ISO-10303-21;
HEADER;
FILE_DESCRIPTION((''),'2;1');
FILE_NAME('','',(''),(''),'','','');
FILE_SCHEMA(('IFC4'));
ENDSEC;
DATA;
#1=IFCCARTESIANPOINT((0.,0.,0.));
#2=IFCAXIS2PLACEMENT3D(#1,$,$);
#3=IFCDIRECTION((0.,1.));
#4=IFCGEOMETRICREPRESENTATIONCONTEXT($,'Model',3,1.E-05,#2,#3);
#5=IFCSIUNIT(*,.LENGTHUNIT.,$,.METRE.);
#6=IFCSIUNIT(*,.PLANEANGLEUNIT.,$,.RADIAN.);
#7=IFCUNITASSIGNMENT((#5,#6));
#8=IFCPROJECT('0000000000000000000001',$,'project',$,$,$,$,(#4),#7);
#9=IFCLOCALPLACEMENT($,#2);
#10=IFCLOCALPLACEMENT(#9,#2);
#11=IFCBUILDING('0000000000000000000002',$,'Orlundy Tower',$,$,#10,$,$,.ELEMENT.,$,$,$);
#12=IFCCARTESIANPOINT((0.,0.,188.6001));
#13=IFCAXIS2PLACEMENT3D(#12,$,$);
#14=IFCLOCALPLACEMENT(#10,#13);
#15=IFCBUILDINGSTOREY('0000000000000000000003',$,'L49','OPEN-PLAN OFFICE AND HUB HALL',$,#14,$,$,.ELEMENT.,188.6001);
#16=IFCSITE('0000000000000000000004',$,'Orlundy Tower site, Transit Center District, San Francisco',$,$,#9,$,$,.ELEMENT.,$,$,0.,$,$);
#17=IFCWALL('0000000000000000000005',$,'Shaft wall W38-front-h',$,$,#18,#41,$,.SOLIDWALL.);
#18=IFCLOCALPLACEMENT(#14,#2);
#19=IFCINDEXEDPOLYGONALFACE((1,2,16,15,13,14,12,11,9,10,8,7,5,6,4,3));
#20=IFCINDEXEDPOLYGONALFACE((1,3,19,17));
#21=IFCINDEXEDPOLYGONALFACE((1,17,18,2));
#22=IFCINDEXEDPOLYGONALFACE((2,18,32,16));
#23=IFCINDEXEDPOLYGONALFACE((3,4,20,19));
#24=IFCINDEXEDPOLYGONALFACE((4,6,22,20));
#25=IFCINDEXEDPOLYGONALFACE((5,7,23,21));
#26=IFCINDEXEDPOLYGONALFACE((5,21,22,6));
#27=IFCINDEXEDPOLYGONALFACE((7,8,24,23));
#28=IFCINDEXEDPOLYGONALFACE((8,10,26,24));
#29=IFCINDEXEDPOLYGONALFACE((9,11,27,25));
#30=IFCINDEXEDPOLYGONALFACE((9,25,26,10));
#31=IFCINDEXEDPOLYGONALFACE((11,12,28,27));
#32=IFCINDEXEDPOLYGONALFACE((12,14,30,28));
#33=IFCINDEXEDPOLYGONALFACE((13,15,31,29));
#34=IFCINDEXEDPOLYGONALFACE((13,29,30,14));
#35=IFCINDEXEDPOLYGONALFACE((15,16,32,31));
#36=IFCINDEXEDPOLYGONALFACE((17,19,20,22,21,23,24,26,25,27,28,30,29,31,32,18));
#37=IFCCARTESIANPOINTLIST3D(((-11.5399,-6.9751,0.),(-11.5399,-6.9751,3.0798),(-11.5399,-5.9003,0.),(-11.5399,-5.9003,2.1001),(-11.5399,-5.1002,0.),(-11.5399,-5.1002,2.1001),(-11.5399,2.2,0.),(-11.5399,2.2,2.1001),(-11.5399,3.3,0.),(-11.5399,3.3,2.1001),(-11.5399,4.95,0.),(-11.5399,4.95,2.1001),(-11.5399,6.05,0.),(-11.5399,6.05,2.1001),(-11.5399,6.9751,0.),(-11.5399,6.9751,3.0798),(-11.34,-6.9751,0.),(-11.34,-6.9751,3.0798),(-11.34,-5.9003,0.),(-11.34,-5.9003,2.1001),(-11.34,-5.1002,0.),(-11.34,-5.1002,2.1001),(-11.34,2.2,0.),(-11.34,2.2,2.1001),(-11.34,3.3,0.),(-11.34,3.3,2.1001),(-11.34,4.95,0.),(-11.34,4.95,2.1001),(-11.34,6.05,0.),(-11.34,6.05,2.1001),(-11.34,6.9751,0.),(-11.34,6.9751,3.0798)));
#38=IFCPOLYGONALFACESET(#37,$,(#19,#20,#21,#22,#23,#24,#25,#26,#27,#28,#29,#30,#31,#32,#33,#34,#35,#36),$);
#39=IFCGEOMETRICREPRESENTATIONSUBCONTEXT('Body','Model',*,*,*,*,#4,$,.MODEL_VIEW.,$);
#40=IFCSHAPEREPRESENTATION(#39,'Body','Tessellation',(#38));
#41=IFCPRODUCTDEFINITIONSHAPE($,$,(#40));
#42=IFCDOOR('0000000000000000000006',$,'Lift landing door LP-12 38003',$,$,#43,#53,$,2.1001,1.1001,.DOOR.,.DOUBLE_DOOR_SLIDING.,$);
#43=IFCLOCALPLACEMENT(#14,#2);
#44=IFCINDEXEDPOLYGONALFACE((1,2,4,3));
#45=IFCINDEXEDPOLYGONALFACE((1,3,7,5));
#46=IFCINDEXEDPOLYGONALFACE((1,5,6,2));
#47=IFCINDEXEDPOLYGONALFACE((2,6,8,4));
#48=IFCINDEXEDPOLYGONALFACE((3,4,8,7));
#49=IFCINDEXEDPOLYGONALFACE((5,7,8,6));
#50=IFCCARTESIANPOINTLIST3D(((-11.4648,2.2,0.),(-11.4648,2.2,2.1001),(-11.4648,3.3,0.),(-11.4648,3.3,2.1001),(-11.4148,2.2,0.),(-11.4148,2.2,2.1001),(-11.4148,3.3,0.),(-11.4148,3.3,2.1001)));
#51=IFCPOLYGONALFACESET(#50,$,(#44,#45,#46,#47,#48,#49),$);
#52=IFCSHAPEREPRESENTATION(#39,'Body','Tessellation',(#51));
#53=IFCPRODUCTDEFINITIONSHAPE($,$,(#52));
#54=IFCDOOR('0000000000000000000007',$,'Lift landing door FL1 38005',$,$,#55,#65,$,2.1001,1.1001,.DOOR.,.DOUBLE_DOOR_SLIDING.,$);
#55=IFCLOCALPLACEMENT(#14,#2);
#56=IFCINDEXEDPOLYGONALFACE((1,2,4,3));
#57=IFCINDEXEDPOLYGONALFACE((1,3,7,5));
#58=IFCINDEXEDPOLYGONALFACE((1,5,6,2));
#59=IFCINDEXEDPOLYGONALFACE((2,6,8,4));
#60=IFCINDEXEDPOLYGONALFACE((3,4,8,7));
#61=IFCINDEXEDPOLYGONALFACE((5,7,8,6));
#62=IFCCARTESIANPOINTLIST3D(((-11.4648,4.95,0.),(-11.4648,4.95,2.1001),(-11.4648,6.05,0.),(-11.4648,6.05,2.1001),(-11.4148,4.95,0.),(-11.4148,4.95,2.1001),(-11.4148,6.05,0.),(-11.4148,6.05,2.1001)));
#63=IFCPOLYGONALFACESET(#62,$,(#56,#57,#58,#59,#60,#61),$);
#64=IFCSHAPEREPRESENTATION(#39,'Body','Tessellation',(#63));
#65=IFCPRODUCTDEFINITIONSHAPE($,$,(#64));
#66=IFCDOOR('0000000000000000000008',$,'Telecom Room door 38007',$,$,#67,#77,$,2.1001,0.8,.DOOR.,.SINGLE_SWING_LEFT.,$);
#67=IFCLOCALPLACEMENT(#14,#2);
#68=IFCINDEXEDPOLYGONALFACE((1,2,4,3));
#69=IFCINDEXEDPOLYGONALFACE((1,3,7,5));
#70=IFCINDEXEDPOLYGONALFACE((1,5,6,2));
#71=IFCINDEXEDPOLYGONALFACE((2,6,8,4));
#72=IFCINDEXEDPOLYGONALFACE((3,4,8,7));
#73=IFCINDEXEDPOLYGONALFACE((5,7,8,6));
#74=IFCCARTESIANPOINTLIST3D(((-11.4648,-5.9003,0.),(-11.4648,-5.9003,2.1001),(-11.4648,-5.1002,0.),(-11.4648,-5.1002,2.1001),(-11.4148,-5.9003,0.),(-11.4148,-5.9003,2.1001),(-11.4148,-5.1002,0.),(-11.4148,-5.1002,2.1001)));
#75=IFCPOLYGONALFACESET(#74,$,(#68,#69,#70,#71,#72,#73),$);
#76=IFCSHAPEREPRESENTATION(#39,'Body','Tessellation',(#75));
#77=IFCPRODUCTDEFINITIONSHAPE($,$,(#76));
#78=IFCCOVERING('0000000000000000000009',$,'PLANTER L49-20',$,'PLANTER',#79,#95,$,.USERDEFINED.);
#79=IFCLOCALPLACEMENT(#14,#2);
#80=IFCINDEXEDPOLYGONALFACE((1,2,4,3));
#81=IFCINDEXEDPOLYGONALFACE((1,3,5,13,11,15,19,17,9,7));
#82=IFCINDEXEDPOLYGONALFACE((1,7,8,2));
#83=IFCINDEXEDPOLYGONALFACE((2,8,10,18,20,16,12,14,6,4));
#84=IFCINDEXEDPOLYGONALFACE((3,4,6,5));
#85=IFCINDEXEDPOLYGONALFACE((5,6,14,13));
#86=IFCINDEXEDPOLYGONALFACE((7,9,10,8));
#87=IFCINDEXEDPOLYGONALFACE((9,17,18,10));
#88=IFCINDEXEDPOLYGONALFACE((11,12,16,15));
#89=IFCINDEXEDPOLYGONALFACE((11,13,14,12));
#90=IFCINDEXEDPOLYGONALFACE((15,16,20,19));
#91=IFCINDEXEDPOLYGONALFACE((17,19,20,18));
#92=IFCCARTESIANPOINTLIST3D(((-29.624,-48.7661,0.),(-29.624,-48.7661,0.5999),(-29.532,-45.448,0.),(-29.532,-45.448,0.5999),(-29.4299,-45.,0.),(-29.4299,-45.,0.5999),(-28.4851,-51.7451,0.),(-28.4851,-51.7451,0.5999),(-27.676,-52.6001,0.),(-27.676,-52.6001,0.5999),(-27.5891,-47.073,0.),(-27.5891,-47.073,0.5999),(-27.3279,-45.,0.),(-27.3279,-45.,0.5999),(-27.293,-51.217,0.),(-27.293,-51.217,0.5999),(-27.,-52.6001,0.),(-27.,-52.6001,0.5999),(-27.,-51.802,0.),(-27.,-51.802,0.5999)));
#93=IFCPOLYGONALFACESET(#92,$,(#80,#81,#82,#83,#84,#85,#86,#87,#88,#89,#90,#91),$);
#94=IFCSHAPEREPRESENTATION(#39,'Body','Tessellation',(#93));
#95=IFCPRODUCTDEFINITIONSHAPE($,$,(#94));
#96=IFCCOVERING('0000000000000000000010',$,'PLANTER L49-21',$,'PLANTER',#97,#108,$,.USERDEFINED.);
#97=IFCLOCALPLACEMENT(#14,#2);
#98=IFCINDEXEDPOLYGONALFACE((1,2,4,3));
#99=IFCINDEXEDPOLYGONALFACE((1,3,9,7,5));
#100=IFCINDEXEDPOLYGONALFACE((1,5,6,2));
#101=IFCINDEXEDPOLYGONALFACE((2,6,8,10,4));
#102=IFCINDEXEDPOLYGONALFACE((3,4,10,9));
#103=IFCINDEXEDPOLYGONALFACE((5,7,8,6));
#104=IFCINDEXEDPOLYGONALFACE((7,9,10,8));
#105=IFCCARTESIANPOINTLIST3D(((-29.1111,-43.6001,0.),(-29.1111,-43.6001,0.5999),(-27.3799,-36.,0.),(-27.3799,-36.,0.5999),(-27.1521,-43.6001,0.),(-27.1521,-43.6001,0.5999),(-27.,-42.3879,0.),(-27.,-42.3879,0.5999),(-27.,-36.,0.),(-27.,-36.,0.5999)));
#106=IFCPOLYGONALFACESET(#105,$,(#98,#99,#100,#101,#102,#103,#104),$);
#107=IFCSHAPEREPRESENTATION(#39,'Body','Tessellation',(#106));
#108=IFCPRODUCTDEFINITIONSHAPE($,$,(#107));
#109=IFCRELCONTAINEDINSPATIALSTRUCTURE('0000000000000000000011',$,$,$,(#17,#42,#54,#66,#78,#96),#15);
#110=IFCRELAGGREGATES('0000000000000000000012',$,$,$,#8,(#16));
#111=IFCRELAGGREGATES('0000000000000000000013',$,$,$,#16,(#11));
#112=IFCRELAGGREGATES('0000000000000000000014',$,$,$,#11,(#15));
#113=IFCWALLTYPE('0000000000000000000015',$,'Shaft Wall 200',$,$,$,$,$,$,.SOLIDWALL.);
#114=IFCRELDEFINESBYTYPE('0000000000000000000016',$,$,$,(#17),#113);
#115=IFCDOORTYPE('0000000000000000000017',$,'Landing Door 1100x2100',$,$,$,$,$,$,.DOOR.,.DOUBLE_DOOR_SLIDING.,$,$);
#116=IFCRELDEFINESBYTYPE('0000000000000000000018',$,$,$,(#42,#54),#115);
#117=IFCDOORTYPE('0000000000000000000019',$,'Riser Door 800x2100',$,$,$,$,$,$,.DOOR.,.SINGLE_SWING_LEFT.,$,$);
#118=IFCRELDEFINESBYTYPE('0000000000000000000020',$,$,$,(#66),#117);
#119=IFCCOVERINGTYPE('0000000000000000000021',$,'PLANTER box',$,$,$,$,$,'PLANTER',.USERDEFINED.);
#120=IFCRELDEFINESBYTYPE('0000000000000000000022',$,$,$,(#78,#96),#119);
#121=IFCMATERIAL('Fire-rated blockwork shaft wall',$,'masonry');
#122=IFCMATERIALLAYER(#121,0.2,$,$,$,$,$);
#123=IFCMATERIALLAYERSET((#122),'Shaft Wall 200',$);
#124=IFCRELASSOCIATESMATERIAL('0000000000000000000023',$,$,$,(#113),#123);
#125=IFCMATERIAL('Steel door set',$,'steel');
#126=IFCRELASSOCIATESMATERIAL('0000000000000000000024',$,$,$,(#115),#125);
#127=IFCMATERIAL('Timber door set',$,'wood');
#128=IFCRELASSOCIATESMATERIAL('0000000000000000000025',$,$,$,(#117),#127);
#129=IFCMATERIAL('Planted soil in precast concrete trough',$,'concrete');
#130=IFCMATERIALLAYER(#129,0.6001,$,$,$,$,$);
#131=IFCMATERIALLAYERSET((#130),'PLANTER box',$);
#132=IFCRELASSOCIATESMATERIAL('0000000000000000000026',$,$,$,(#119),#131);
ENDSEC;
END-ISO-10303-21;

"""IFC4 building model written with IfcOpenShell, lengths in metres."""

from ifc_helpers import new_model, si_unit, direction, frame, frame_2d, origin, place, context, subcontext, project, spatial, polyline, rectangle, outline, extrude, material, layer, layer_set, type_object, element, fill, save


model = new_model("IFC4")

# Units and contexts
model_context = context("Model", 3, precision=1e-05, world=origin(), true_north=direction((0.0, 1.0)))
body_context = subcontext(model_context, "Body", "Model", "MODEL_VIEW")
ifc_project = project(units=[si_unit("LENGTHUNIT", "METRE"), si_unit("PLANEANGLEUNIT", "RADIAN")], contexts=[model_context])

# Site, building, storey
site_placement = place(None, origin())
site = spatial("IfcSite", under=ifc_project, at=site_placement, Name="Orlundy Tower site, Transit Center District, San Francisco", CompositionType="ELEMENT", RefElevation=0.0)
building_placement = place(site_placement, origin())
building = spatial("IfcBuilding", under=site, at=building_placement, Name="Orlundy Tower", CompositionType="ELEMENT")
storey_placement = place(building_placement, frame((0.0, 0.0, 188.6001)))
storey = spatial("IfcBuildingStorey", under=building, at=storey_placement, Name="L49", Description="OPEN-PLAN OFFICE AND HUB HALL", CompositionType="ELEMENT", Elevation=188.6001)

# Shared definitions
ifc_material_1 = material(Name="Fire-rated blockwork shaft wall", Category="masonry")
ifc_layer_1 = layer(ifc_material_1, 0.2)
ifc_layer_set_1 = layer_set([ifc_layer_1], Name="Shaft Wall 200")
wall_type_1 = type_object("IfcWallType", Name="Shaft Wall 200", PredefinedType="SOLIDWALL", material=ifc_layer_set_1)

# Wall, openings, doors
wall_1_placement = place(storey_placement, frame((-11.4399, -6.9751, 0.0), z_axis=(0.0, 0.0, 1.0), x_axis=(0.0, 1.0, 0.0)))
wall_1 = element("IfcWall", 1, at=wall_1_placement, inside=storey, type_object=wall_type_1, Name="Shaft wall W38-front-h", PredefinedType="SOLIDWALL", context=body_context, shape_type="SweptSolid", body=[
    extrude(rectangle(XDim=13.9502, YDim=0.2, at=frame_2d((6.9751, 0.0))), origin(), (0.0, 0.0, 1.0), 3.0798),
])
opening_1_placement = place(wall_1_placement, frame((9.175, 0.0, 0.0)))
opening_1 = element("IfcOpeningElement", 2, at=opening_1_placement, cuts=wall_1, PredefinedType="OPENING", context=body_context, shape_type="SweptSolid", body=[
    extrude(rectangle(XDim=1.1001, YDim=2.1001, at=frame_2d((0.55, 1.05))), frame((0.0, 0.1101, 0.0), z_axis=(0.0, -1.0, 0.0), x_axis=(1.0, 0.0, 0.0)), (0.0, 0.0, 1.0), 0.2202),
])
opening_2_placement = place(wall_1_placement, frame((11.925, 0.0, 0.0)))
opening_2 = element("IfcOpeningElement", 3, at=opening_2_placement, cuts=wall_1, PredefinedType="OPENING", context=body_context, shape_type="SweptSolid", body=[
    extrude(rectangle(XDim=1.1001, YDim=2.1001, at=frame_2d((0.55, 1.05))), frame((0.0, 0.1101, 0.0), z_axis=(0.0, -1.0, 0.0), x_axis=(1.0, 0.0, 0.0)), (0.0, 0.0, 1.0), 0.2202),
])
opening_3_placement = place(wall_1_placement, frame((1.075, 0.0, 0.0)))
opening_3 = element("IfcOpeningElement", 4, at=opening_3_placement, cuts=wall_1, PredefinedType="OPENING", context=body_context, shape_type="SweptSolid", body=[
    extrude(rectangle(XDim=0.8, YDim=2.1001, at=frame_2d((0.3999, 1.05))), frame((0.0, 0.1101, 0.0), z_axis=(0.0, -1.0, 0.0), x_axis=(1.0, 0.0, 0.0)), (0.0, 0.0, 1.0), 0.2202),
])
ifc_material_2 = material(Name="Steel door set", Category="steel")
door_type_1 = type_object("IfcDoorType", Name="Landing Door 1100x2100", OperationType="DOUBLE_DOOR_SLIDING", PredefinedType="DOOR", material=ifc_material_2)
door_1_placement = place(opening_1_placement, origin())
door_1 = element("IfcDoor", 5, at=door_1_placement, inside=storey, type_object=door_type_1, Name="Lift landing door LP-12 38003", OperationType="DOUBLE_DOOR_SLIDING", OverallHeight=2.1001, OverallWidth=1.1001, PredefinedType="DOOR", context=body_context, shape_type="SweptSolid", body=[
    extrude(rectangle(XDim=1.1001, YDim=2.1001, at=frame_2d((0.55, 1.05))), frame((0.0, 0.0249, 0.0), z_axis=(0.0, -1.0, 0.0), x_axis=(1.0, 0.0, 0.0)), (0.0, 0.0, 1.0), 0.05),
])
fill(opening_1, door_1)
door_2_placement = place(opening_2_placement, origin())
door_2 = element("IfcDoor", 6, at=door_2_placement, inside=storey, type_object=door_type_1, Name="Lift landing door FL1 38005", OperationType="DOUBLE_DOOR_SLIDING", OverallHeight=2.1001, OverallWidth=1.1001, PredefinedType="DOOR", context=body_context, shape_type="SweptSolid", body=[
    extrude(rectangle(XDim=1.1001, YDim=2.1001, at=frame_2d((0.55, 1.05))), frame((0.0, 0.0249, 0.0), z_axis=(0.0, -1.0, 0.0), x_axis=(1.0, 0.0, 0.0)), (0.0, 0.0, 1.0), 0.05),
])
fill(opening_2, door_2)
ifc_material_3 = material(Name="Timber door set", Category="wood")
door_type_2 = type_object("IfcDoorType", Name="Riser Door 800x2100", OperationType="SINGLE_SWING_LEFT", PredefinedType="DOOR", material=ifc_material_3)
door_3_placement = place(opening_3_placement, origin())
door_3 = element("IfcDoor", 7, at=door_3_placement, inside=storey, type_object=door_type_2, Name="Telecom Room door 38007", OperationType="SINGLE_SWING_LEFT", OverallHeight=2.1001, OverallWidth=0.8, PredefinedType="DOOR", context=body_context, shape_type="SweptSolid", body=[
    extrude(rectangle(XDim=0.8, YDim=2.1001, at=frame_2d((0.3999, 1.05))), frame((0.0, 0.0249, 0.0), z_axis=(0.0, -1.0, 0.0), x_axis=(1.0, 0.0, 0.0)), (0.0, 0.0, 1.0), 0.05),
])
fill(opening_3, door_3)

# Coverings
ifc_material_4 = material(Name="Planted soil in precast concrete trough", Category="concrete")
ifc_layer_2 = layer(ifc_material_4, 0.6001)
ifc_layer_set_2 = layer_set([ifc_layer_2], Name="PLANTER box")
covering_type = type_object("IfcCoveringType", Name="PLANTER box", ElementType="PLANTER", PredefinedType="USERDEFINED", material=ifc_layer_set_2)
covering_1_placement = place(storey_placement, origin())
element("IfcCovering", 8, at=covering_1_placement, inside=storey, type_object=covering_type, Name="PLANTER L49-20", ObjectType="PLANTER", PredefinedType="USERDEFINED", context=body_context, shape_type="SweptSolid", body=[
    extrude(outline(polyline([(-29.624, -48.7661), (-29.532, -45.448), (-29.4299, -45.0), (-27.3279, -45.0), (-27.5891, -47.073), (-27.293, -51.217), (-27.0, -51.802), (-27.0, -52.6001), (-27.676, -52.6001), (-28.4851, -51.7451), (-29.624, -48.7661)])), origin(), (0.0, 0.0, 1.0), 0.5999),
])
covering_2_placement = place(storey_placement, origin())
element("IfcCovering", 9, at=covering_2_placement, inside=storey, type_object=covering_type, Name="PLANTER L49-21", ObjectType="PLANTER", PredefinedType="USERDEFINED", context=body_context, shape_type="SweptSolid", body=[
    extrude(outline(polyline([(-27.3799, -36.0), (-27.0, -36.0), (-27.0, -42.3879), (-27.1521, -43.6001), (-29.1111, -43.6001), (-27.3799, -36.0)])), origin(), (0.0, 0.0, 1.0), 0.5999),
])

save(model, "model.ifc")
